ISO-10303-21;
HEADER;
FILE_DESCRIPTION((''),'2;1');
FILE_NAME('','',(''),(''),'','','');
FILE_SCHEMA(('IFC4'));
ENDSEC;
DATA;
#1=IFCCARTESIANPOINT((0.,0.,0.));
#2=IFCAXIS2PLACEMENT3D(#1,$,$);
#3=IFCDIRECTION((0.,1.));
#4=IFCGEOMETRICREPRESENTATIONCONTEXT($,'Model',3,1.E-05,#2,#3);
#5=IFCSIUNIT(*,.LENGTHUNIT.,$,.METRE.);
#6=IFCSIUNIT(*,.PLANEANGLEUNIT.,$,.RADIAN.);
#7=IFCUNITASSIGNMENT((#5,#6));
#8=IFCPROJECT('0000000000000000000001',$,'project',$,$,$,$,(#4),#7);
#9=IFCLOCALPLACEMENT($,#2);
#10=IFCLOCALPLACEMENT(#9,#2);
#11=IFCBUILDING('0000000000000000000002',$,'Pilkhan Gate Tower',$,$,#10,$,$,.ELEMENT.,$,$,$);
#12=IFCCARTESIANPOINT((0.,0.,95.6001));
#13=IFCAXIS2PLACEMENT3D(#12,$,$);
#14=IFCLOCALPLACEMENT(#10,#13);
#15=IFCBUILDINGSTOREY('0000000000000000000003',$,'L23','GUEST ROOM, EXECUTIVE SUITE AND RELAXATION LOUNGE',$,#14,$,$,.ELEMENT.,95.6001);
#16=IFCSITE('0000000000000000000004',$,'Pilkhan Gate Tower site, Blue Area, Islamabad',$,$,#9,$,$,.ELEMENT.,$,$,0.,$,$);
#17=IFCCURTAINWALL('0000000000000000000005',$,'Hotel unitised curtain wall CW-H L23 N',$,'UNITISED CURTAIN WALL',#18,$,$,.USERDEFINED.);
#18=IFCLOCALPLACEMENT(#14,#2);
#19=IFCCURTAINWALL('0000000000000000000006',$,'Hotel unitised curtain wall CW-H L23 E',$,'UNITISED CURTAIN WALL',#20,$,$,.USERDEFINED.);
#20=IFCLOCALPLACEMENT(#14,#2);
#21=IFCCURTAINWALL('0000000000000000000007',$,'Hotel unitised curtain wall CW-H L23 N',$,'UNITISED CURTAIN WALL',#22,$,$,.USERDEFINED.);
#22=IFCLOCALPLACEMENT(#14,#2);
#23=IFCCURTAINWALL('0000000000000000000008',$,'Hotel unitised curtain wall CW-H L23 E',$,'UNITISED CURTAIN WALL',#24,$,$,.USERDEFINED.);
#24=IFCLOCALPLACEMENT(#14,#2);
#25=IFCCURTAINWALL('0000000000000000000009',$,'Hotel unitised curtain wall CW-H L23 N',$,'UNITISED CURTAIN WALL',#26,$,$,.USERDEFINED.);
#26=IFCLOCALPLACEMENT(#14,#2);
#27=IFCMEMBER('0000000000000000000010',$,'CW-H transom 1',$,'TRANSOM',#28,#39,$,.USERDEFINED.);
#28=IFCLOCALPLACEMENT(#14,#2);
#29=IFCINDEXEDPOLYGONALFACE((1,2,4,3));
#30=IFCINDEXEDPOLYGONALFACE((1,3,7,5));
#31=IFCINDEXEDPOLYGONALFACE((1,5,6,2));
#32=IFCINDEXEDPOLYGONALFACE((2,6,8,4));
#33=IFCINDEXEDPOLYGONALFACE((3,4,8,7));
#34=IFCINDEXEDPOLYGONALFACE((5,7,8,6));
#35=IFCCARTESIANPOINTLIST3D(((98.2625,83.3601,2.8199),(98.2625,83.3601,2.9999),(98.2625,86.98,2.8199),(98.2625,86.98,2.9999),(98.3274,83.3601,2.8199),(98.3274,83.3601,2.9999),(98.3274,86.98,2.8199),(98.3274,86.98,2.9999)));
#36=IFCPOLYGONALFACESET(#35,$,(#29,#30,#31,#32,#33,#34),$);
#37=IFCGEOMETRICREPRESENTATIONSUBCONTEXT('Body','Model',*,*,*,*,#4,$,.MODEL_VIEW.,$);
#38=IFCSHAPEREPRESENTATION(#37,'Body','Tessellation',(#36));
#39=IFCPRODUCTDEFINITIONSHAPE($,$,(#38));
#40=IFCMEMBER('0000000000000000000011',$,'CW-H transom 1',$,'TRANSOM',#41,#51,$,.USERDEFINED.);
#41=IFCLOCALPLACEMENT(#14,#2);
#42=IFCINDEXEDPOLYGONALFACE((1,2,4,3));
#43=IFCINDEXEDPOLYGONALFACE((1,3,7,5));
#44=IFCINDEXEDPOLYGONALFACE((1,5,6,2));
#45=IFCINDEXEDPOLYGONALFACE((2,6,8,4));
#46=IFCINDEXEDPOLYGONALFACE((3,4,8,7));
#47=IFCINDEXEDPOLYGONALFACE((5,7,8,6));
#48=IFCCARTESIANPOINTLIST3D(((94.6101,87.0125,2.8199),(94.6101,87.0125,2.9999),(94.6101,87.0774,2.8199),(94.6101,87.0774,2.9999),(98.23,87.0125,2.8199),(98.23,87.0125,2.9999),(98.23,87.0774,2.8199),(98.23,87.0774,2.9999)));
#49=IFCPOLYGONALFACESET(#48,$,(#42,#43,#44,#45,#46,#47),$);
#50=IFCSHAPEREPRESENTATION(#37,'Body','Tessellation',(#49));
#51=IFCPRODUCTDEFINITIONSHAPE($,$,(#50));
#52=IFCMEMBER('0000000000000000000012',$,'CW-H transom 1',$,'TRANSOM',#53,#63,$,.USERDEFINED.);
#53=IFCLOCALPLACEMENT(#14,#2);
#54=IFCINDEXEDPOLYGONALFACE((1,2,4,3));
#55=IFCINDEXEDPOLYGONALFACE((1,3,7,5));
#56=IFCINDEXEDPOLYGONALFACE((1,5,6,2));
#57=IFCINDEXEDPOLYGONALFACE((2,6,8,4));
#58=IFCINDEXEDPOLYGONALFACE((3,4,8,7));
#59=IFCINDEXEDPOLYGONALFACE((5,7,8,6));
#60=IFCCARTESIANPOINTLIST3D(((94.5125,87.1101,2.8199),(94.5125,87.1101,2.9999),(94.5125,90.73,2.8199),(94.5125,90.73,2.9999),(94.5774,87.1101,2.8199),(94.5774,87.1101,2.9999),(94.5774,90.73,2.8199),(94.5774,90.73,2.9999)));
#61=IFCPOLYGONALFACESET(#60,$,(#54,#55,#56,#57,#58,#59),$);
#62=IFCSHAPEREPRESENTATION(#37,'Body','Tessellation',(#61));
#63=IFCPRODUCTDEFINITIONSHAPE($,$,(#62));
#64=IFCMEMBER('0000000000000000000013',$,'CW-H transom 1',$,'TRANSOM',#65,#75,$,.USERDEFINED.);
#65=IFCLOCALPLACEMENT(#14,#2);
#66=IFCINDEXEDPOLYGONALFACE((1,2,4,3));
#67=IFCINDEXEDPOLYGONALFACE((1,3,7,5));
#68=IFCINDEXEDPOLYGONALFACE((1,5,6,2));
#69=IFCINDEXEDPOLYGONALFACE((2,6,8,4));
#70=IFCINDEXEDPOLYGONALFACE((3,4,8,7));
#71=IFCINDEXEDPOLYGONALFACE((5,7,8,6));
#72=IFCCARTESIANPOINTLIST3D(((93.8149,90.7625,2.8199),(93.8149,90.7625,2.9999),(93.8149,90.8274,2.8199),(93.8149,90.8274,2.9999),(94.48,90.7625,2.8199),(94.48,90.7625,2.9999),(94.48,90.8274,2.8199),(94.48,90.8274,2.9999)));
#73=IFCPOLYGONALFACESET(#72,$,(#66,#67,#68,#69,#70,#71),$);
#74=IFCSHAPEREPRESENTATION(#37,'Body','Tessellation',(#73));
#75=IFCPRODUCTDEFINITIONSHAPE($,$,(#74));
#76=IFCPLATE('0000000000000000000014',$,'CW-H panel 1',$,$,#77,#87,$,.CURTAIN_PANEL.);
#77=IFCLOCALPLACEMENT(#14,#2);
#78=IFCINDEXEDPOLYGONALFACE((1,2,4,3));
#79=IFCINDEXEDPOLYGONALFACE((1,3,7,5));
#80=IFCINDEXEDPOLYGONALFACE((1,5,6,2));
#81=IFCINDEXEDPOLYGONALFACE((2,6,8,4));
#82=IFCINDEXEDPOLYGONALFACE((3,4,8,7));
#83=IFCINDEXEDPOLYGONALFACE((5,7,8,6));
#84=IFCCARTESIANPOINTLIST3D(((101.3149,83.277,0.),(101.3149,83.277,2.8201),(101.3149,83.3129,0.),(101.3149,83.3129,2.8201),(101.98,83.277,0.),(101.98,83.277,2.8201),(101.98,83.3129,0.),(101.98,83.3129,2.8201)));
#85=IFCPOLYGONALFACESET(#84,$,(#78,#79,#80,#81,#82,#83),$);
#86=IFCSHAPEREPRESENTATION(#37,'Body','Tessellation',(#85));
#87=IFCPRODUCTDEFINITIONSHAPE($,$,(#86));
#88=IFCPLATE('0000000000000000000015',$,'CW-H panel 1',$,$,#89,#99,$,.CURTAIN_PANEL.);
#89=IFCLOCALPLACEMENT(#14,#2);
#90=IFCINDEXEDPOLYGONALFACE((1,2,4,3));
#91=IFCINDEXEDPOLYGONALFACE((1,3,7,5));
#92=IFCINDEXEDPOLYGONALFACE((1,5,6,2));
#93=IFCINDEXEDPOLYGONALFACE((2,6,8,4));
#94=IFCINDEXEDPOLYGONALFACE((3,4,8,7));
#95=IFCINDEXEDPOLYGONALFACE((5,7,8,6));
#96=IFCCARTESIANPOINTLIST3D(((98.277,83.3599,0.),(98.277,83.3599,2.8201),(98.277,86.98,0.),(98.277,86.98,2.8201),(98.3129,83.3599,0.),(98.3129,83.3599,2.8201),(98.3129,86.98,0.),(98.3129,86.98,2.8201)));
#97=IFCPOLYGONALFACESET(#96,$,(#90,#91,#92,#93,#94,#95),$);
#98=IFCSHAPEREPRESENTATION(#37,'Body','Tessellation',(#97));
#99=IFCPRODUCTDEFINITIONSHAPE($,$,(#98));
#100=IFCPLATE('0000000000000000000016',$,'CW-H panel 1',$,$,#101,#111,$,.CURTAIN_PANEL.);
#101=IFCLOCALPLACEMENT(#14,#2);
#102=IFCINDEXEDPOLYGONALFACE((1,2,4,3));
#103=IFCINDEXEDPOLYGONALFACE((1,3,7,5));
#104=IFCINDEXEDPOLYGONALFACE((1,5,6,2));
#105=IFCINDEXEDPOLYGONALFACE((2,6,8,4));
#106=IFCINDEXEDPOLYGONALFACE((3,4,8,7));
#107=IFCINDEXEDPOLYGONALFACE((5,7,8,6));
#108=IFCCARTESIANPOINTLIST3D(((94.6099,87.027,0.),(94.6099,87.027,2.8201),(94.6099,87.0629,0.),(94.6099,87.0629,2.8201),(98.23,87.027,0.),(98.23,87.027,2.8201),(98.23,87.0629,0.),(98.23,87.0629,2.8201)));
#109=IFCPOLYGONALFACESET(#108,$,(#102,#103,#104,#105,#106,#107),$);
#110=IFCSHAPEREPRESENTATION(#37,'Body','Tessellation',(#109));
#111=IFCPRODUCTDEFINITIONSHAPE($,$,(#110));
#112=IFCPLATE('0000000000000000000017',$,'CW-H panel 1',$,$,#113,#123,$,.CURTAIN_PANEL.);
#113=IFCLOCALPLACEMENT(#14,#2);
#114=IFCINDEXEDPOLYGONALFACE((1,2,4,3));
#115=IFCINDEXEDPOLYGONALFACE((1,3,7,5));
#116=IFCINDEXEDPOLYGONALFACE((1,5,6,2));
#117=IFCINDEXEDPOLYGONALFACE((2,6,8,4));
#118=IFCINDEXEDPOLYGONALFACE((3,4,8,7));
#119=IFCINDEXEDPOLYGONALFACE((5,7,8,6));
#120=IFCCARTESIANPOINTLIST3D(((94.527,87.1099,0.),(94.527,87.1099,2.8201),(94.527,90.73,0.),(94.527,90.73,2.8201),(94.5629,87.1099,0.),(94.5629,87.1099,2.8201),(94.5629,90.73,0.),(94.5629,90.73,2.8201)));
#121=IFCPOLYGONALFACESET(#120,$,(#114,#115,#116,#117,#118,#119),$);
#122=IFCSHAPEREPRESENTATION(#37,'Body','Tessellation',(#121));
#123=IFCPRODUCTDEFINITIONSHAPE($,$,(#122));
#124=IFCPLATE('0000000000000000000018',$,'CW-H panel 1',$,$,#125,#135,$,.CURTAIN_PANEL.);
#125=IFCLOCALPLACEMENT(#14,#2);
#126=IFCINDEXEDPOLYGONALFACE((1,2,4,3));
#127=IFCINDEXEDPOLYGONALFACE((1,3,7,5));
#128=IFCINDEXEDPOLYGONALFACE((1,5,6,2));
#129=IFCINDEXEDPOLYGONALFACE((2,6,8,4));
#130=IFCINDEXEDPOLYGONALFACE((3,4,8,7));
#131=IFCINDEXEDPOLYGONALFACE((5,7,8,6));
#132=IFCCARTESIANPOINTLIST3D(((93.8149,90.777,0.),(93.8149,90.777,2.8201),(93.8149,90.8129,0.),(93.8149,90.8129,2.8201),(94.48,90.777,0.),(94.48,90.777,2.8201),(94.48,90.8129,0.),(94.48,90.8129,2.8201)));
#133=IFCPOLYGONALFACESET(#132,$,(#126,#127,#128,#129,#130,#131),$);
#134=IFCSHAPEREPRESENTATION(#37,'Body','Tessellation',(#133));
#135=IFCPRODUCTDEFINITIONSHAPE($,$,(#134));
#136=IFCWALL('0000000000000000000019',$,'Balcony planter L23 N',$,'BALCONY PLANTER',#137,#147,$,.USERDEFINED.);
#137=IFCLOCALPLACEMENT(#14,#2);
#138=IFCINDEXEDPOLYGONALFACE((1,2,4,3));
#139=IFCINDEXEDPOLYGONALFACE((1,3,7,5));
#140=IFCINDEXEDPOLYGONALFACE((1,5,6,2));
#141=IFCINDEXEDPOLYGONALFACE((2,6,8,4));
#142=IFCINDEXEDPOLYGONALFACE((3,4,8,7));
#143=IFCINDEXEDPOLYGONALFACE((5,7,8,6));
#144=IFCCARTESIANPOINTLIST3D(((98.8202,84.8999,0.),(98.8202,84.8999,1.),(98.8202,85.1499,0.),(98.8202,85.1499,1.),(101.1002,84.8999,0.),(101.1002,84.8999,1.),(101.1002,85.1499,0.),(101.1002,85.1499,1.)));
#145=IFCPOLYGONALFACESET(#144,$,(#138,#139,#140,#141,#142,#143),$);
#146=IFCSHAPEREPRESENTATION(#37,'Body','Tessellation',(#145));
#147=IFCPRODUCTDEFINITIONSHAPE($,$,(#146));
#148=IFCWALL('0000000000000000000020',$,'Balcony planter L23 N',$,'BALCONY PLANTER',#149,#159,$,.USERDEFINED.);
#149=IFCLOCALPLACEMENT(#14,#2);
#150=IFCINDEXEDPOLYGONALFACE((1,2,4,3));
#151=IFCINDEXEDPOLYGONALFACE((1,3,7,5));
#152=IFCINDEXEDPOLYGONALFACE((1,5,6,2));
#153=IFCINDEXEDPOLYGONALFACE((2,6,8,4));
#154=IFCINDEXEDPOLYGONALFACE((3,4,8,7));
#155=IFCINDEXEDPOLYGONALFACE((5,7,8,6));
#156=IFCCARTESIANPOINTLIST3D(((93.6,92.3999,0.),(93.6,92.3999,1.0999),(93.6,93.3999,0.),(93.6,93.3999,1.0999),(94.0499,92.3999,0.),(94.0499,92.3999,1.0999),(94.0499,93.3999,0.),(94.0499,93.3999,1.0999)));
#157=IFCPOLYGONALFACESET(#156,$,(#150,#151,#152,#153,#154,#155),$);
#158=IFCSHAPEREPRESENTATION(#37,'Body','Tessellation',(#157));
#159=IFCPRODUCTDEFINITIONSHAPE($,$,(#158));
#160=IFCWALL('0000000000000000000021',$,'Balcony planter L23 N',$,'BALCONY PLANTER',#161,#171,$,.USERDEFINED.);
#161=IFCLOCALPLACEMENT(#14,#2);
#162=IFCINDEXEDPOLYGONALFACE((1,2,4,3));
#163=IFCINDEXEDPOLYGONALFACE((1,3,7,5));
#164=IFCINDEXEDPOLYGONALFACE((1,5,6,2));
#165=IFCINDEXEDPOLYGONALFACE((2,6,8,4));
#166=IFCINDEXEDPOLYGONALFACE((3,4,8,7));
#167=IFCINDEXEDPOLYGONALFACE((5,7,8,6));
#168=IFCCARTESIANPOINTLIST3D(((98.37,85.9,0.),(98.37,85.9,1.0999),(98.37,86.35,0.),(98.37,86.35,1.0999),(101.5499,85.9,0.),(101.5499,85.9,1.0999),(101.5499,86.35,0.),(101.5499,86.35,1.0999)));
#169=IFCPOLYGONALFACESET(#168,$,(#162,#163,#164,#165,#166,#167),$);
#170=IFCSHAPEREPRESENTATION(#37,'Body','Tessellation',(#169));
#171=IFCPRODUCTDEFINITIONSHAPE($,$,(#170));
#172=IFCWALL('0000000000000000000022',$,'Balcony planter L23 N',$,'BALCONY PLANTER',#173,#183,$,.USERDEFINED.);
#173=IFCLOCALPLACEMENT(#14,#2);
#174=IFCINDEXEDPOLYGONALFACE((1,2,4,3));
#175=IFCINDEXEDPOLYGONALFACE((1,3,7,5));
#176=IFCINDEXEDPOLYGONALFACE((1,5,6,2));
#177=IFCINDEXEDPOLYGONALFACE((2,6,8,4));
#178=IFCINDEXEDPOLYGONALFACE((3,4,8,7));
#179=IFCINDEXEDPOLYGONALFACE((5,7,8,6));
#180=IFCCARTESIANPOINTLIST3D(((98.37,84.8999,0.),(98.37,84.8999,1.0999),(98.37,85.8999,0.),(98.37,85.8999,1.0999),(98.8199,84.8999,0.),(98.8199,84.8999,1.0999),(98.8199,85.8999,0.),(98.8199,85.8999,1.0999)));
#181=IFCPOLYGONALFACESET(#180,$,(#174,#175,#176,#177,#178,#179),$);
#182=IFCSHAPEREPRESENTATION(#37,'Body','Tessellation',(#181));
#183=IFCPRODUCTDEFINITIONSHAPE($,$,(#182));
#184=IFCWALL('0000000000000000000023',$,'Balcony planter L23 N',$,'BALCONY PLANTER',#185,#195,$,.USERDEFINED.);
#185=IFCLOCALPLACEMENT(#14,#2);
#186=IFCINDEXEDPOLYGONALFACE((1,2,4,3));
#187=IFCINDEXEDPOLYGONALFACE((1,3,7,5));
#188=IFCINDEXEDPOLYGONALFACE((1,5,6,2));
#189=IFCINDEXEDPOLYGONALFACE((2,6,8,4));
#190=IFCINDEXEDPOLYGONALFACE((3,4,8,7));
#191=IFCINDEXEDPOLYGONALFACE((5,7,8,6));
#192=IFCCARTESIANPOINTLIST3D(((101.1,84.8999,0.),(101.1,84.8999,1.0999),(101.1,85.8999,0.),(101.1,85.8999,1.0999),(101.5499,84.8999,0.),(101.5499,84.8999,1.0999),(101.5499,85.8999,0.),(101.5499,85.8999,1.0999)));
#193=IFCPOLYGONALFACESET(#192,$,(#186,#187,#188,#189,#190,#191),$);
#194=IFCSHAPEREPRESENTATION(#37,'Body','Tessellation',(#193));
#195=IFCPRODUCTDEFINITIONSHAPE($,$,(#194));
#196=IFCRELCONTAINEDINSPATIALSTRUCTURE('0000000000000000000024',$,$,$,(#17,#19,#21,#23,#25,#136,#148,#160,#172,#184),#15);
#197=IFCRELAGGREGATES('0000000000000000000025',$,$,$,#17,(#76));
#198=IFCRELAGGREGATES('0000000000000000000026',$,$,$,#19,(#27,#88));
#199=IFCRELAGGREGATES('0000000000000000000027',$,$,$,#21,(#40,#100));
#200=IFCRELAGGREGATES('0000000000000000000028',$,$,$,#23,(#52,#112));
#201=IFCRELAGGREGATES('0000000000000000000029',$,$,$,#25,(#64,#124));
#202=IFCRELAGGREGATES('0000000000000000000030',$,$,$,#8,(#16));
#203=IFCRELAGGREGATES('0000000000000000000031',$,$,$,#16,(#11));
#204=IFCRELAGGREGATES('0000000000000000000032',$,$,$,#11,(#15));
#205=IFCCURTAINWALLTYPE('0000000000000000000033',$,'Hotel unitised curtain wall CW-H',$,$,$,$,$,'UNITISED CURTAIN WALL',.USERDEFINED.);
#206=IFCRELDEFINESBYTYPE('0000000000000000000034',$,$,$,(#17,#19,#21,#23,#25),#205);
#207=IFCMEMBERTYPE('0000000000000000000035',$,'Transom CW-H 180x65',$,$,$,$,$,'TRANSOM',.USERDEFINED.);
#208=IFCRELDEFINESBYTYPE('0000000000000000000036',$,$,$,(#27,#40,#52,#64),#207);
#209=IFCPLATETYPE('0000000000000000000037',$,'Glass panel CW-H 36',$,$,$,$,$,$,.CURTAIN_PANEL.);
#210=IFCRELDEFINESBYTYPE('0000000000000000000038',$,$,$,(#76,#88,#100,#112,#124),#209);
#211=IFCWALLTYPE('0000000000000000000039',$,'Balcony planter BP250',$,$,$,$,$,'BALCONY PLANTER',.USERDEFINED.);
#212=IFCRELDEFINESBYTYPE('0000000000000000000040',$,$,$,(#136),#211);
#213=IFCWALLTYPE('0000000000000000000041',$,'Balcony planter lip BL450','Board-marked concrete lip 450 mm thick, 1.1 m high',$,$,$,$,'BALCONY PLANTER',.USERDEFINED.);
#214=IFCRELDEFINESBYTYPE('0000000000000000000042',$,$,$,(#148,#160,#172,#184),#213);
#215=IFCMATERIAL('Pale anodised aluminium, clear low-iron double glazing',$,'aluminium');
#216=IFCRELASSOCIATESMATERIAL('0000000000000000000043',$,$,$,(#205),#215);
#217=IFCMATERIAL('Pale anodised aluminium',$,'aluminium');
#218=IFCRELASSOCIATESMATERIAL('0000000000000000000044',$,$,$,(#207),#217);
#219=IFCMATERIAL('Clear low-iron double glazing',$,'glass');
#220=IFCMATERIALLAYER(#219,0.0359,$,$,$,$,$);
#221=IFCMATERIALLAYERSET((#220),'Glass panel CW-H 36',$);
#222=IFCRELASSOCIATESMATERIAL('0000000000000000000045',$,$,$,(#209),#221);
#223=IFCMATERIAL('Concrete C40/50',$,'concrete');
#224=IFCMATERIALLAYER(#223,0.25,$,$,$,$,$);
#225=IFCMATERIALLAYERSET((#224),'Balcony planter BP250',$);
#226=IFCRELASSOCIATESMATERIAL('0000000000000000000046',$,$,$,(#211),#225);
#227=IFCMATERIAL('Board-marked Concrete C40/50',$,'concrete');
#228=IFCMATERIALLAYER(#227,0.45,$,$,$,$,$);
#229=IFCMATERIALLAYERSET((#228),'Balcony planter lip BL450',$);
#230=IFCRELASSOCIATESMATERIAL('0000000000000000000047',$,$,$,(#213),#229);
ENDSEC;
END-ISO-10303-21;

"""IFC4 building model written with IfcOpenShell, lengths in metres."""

from ifc_helpers import new_model, si_unit, direction, frame, frame_2d, origin, origin_2d, place, context, subcontext, project, spatial, rectangle, extrude, material, layer, layer_set, material_profile, profile_set, type_object, element, aggregate, save


model = new_model("IFC4")

# Units and contexts
model_context = context("Model", 3, precision=1e-05, world=origin(), true_north=direction((0.0, 1.0)))
body_context = subcontext(model_context, "Body", "Model", "MODEL_VIEW")
ifc_project = project(units=[si_unit("LENGTHUNIT", "METRE"), si_unit("PLANEANGLEUNIT", "RADIAN")], contexts=[model_context])

# Site, building, storey
site_placement = place(None, origin())
site = spatial("IfcSite", under=ifc_project, at=site_placement, Name="Pilkhan Gate Tower site, Blue Area, Islamabad", CompositionType="ELEMENT", RefElevation=0.0)
building_placement = place(site_placement, origin())
building = spatial("IfcBuilding", under=site, at=building_placement, Name="Pilkhan Gate Tower", CompositionType="ELEMENT")
storey_placement = place(building_placement, frame((0.0, 0.0, 95.6001)))
storey = spatial("IfcBuildingStorey", under=building, at=storey_placement, Name="L23", Description="GUEST ROOM, EXECUTIVE SUITE AND RELAXATION LOUNGE", CompositionType="ELEMENT", Elevation=95.6001)

# Curtain wall
ifc_material_1 = material(Name="Pale anodised aluminium, clear low-iron double glazing", Category="aluminium")
curtain_wall_type = type_object("IfcCurtainWallType", Name="Hotel unitised curtain wall CW-H", ElementType="UNITISED CURTAIN WALL", PredefinedType="USERDEFINED", material=ifc_material_1)
curtain_wall_1_placement = place(storey_placement, origin())
curtain_wall_1 = element("IfcCurtainWall", 1, at=curtain_wall_1_placement, inside=storey, type_object=curtain_wall_type, Name="Hotel unitised curtain wall CW-H L23 N", ObjectType="UNITISED CURTAIN WALL", PredefinedType="USERDEFINED")
ifc_material_2 = material(Name="Pale anodised aluminium", Category="aluminium")

# Curtain walls
curtain_wall_2_placement = place(storey_placement, origin())
curtain_wall_2 = element("IfcCurtainWall", 2, at=curtain_wall_2_placement, inside=storey, type_object=curtain_wall_type, Name="Hotel unitised curtain wall CW-H L23 E", ObjectType="UNITISED CURTAIN WALL", PredefinedType="USERDEFINED")
curtain_wall_3_placement = place(storey_placement, origin())
curtain_wall_3 = element("IfcCurtainWall", 3, at=curtain_wall_3_placement, inside=storey, type_object=curtain_wall_type, Name="Hotel unitised curtain wall CW-H L23 N", ObjectType="UNITISED CURTAIN WALL", PredefinedType="USERDEFINED")
curtain_wall_4_placement = place(storey_placement, origin())
curtain_wall_4 = element("IfcCurtainWall", 4, at=curtain_wall_4_placement, inside=storey, type_object=curtain_wall_type, Name="Hotel unitised curtain wall CW-H L23 E", ObjectType="UNITISED CURTAIN WALL", PredefinedType="USERDEFINED")
curtain_wall_5_placement = place(storey_placement, origin())
curtain_wall_5 = element("IfcCurtainWall", 5, at=curtain_wall_5_placement, inside=storey, type_object=curtain_wall_type, Name="Hotel unitised curtain wall CW-H L23 N", ObjectType="UNITISED CURTAIN WALL", PredefinedType="USERDEFINED")

# Members
ifc_material_profile_1 = material_profile(ifc_material_2, rectangle(XDim=0.0649, YDim=0.1799, at=origin_2d()), Name="Transom 180x65")
ifc_profile_set_1 = profile_set([ifc_material_profile_1], Name="Pale anodised aluminium")
member_type_1 = type_object("IfcMemberType", Name="Transom CW-H 180x65", ElementType="TRANSOM", PredefinedType="USERDEFINED", material=ifc_profile_set_1)
member_1_placement = place(storey_placement, frame((98.2949, 83.3601, 2.9099), z_axis=(0.0, 1.0, 0.0), x_axis=(-1.0, 0.0, 0.0)))
member_1 = element("IfcMember", 6, at=member_1_placement, type_object=member_type_1, Name="CW-H transom 1", ObjectType="TRANSOM", PredefinedType="USERDEFINED", context=body_context, shape_type="SweptSolid", body=[
    extrude(rectangle(XDim=0.0649, YDim=0.1799, at=origin_2d()), origin(), (0.0, 0.0, 1.0), 3.6199),
])
member_2_placement = place(storey_placement, frame((94.6101, 87.0449, 2.9099), z_axis=(1.0, 0.0, 0.0), x_axis=(0.0, 1.0, 0.0)))
member_2 = element("IfcMember", 7, at=member_2_placement, type_object=member_type_1, Name="CW-H transom 1", ObjectType="TRANSOM", PredefinedType="USERDEFINED", context=body_context, shape_type="SweptSolid", body=[
    extrude(rectangle(XDim=0.0649, YDim=0.1799, at=origin_2d()), origin(), (0.0, 0.0, 1.0), 3.6199),
])
member_3_placement = place(storey_placement, frame((94.5449, 87.1101, 2.9099), z_axis=(0.0, 1.0, 0.0), x_axis=(-1.0, 0.0, 0.0)))
member_3 = element("IfcMember", 8, at=member_3_placement, type_object=member_type_1, Name="CW-H transom 1", ObjectType="TRANSOM", PredefinedType="USERDEFINED", context=body_context, shape_type="SweptSolid", body=[
    extrude(rectangle(XDim=0.0649, YDim=0.1799, at=origin_2d()), origin(), (0.0, 0.0, 1.0), 3.6199),
])
member_4_placement = place(storey_placement, frame((93.8149, 90.7949, 2.9099), z_axis=(1.0, 0.0, 0.0), x_axis=(0.0, 1.0, 0.0)))
member_4 = element("IfcMember", 9, at=member_4_placement, type_object=member_type_1, Name="CW-H transom 1", ObjectType="TRANSOM", PredefinedType="USERDEFINED", context=body_context, shape_type="SweptSolid", body=[
    extrude(rectangle(XDim=0.0649, YDim=0.1799, at=origin_2d()), origin(), (0.0, 0.0, 1.0), 0.665),
])

# Plates
ifc_material_3 = material(Name="Clear low-iron double glazing", Category="glass")
ifc_layer_1 = layer(ifc_material_3, 0.0359)
ifc_layer_set_1 = layer_set([ifc_layer_1], Name="Glass panel CW-H 36")
plate_type = type_object("IfcPlateType", Name="Glass panel CW-H 36", PredefinedType="CURTAIN_PANEL", material=ifc_layer_set_1)
plate_1_placement = place(storey_placement, frame((101.6475, 83.2949, 0.0), z_axis=(0.0, 0.0, 1.0), x_axis=(1.0, 0.0, 0.0)))
plate_1 = element("IfcPlate", 10, at=plate_1_placement, type_object=plate_type, Name="CW-H panel 1", PredefinedType="CURTAIN_PANEL", context=body_context, shape_type="SweptSolid", body=[
    extrude(rectangle(XDim=0.665, YDim=0.0359, at=origin_2d()), origin(), (0.0, 0.0, 1.0), 2.8201),
])
aggregate(curtain_wall_1, [plate_1])
plate_2_placement = place(storey_placement, frame((98.2949, 85.1699, 0.0), z_axis=(0.0, 0.0, 1.0), x_axis=(0.0, 1.0, 0.0)))
plate_2 = element("IfcPlate", 11, at=plate_2_placement, type_object=plate_type, Name="CW-H panel 1", PredefinedType="CURTAIN_PANEL", context=body_context, shape_type="SweptSolid", body=[
    extrude(rectangle(XDim=3.6201, YDim=0.0359, at=origin_2d()), origin(), (0.0, 0.0, 1.0), 2.8201),
])
aggregate(curtain_wall_2, [member_1, plate_2])
plate_3_placement = place(storey_placement, frame((96.4199, 87.0449, 0.0), z_axis=(0.0, 0.0, 1.0), x_axis=(1.0, 0.0, 0.0)))
plate_3 = element("IfcPlate", 12, at=plate_3_placement, type_object=plate_type, Name="CW-H panel 1", PredefinedType="CURTAIN_PANEL", context=body_context, shape_type="SweptSolid", body=[
    extrude(rectangle(XDim=3.6201, YDim=0.0359, at=origin_2d()), origin(), (0.0, 0.0, 1.0), 2.8201),
])
aggregate(curtain_wall_3, [member_2, plate_3])
plate_4_placement = place(storey_placement, frame((94.5449, 88.9199, 0.0), z_axis=(0.0, 0.0, 1.0), x_axis=(0.0, 1.0, 0.0)))
plate_4 = element("IfcPlate", 13, at=plate_4_placement, type_object=plate_type, Name="CW-H panel 1", PredefinedType="CURTAIN_PANEL", context=body_context, shape_type="SweptSolid", body=[
    extrude(rectangle(XDim=3.6201, YDim=0.0359, at=origin_2d()), origin(), (0.0, 0.0, 1.0), 2.8201),
])
aggregate(curtain_wall_4, [member_3, plate_4])
plate_5_placement = place(storey_placement, frame((94.1475, 90.7949, 0.0), z_axis=(0.0, 0.0, 1.0), x_axis=(1.0, 0.0, 0.0)))
plate_5 = element("IfcPlate", 14, at=plate_5_placement, type_object=plate_type, Name="CW-H panel 1", PredefinedType="CURTAIN_PANEL", context=body_context, shape_type="SweptSolid", body=[
    extrude(rectangle(XDim=0.665, YDim=0.0359, at=origin_2d()), origin(), (0.0, 0.0, 1.0), 2.8201),
])
aggregate(curtain_wall_5, [member_4, plate_5])

# Walls
ifc_material_4 = material(Name="Concrete C40/50", Category="concrete")
ifc_layer_2 = layer(ifc_material_4, 0.25)
ifc_layer_set_2 = layer_set([ifc_layer_2], Name="Balcony planter BP250")
wall_type_1 = type_object("IfcWallType", Name="Balcony planter BP250", ElementType="BALCONY PLANTER", PredefinedType="USERDEFINED", material=ifc_layer_set_2)
wall_1_placement = place(storey_placement, frame((98.8201, 85.0249, 0.0), z_axis=(0.0, 0.0, 1.0), x_axis=(1.0, 0.0, 0.0)))
element("IfcWall", 15, at=wall_1_placement, inside=storey, type_object=wall_type_1, Name="Balcony planter L23 N", ObjectType="BALCONY PLANTER", PredefinedType="USERDEFINED", context=body_context, shape_type="SweptSolid", body=[
    extrude(rectangle(XDim=2.28, YDim=0.25, at=frame_2d((1.1401, 0.0))), origin(), (0.0, 0.0, 1.0), 1.0),
])
ifc_material_5 = material(Name="Board-marked Concrete C40/50", Category="concrete")
ifc_layer_3 = layer(ifc_material_5, 0.45)
ifc_layer_set_3 = layer_set([ifc_layer_3], Name="Balcony planter lip BL450")
wall_type_2 = type_object("IfcWallType", Name="Balcony planter lip BL450", Description="Board-marked concrete lip 450 mm thick, 1.1 m high", ElementType="BALCONY PLANTER", PredefinedType="USERDEFINED", material=ifc_layer_set_3)
wall_2_placement = place(storey_placement, frame((93.825, 92.3999, 0.0), z_axis=(0.0, 0.0, 1.0), x_axis=(0.0, 1.0, 0.0)))
element("IfcWall", 16, at=wall_2_placement, inside=storey, type_object=wall_type_2, Name="Balcony planter L23 N", ObjectType="BALCONY PLANTER", PredefinedType="USERDEFINED", context=body_context, shape_type="SweptSolid", body=[
    extrude(rectangle(XDim=1.0, YDim=0.45, at=frame_2d((0.5, 0.0))), origin(), (0.0, 0.0, 1.0), 1.0999),
])
wall_3_placement = place(storey_placement, frame((98.3701, 86.125, 0.0), z_axis=(0.0, 0.0, 1.0), x_axis=(1.0, 0.0, 0.0)))
element("IfcWall", 17, at=wall_3_placement, inside=storey, type_object=wall_type_2, Name="Balcony planter L23 N", ObjectType="BALCONY PLANTER", PredefinedType="USERDEFINED", context=body_context, shape_type="SweptSolid", body=[
    extrude(rectangle(XDim=3.1799, YDim=0.45, at=frame_2d((1.5898, 0.0))), origin(), (0.0, 0.0, 1.0), 1.0999),
])
for number, where, z_axis, x_axis, name in (
    (18, (98.595, 84.8999, 0.0), (0.0, 0.0, 1.0), (0.0, 1.0, 0.0), "Balcony planter L23 N"),
    (19, (101.325, 84.8999, 0.0), (0.0, 0.0, 1.0), (0.0, 1.0, 0.0), "Balcony planter L23 N"),
):
    element("IfcWall", number, at=place(storey_placement, frame(where, z_axis=z_axis, x_axis=x_axis)), inside=storey, type_object=wall_type_2, Name=name, ObjectType="BALCONY PLANTER", PredefinedType="USERDEFINED", context=body_context, shape_type="SweptSolid", body=[
        extrude(rectangle(XDim=1.0, YDim=0.45, at=frame_2d((0.5, 0.0))), origin(), (0.0, 0.0, 1.0), 1.0999),
    ])

save(model, "model.ifc")
